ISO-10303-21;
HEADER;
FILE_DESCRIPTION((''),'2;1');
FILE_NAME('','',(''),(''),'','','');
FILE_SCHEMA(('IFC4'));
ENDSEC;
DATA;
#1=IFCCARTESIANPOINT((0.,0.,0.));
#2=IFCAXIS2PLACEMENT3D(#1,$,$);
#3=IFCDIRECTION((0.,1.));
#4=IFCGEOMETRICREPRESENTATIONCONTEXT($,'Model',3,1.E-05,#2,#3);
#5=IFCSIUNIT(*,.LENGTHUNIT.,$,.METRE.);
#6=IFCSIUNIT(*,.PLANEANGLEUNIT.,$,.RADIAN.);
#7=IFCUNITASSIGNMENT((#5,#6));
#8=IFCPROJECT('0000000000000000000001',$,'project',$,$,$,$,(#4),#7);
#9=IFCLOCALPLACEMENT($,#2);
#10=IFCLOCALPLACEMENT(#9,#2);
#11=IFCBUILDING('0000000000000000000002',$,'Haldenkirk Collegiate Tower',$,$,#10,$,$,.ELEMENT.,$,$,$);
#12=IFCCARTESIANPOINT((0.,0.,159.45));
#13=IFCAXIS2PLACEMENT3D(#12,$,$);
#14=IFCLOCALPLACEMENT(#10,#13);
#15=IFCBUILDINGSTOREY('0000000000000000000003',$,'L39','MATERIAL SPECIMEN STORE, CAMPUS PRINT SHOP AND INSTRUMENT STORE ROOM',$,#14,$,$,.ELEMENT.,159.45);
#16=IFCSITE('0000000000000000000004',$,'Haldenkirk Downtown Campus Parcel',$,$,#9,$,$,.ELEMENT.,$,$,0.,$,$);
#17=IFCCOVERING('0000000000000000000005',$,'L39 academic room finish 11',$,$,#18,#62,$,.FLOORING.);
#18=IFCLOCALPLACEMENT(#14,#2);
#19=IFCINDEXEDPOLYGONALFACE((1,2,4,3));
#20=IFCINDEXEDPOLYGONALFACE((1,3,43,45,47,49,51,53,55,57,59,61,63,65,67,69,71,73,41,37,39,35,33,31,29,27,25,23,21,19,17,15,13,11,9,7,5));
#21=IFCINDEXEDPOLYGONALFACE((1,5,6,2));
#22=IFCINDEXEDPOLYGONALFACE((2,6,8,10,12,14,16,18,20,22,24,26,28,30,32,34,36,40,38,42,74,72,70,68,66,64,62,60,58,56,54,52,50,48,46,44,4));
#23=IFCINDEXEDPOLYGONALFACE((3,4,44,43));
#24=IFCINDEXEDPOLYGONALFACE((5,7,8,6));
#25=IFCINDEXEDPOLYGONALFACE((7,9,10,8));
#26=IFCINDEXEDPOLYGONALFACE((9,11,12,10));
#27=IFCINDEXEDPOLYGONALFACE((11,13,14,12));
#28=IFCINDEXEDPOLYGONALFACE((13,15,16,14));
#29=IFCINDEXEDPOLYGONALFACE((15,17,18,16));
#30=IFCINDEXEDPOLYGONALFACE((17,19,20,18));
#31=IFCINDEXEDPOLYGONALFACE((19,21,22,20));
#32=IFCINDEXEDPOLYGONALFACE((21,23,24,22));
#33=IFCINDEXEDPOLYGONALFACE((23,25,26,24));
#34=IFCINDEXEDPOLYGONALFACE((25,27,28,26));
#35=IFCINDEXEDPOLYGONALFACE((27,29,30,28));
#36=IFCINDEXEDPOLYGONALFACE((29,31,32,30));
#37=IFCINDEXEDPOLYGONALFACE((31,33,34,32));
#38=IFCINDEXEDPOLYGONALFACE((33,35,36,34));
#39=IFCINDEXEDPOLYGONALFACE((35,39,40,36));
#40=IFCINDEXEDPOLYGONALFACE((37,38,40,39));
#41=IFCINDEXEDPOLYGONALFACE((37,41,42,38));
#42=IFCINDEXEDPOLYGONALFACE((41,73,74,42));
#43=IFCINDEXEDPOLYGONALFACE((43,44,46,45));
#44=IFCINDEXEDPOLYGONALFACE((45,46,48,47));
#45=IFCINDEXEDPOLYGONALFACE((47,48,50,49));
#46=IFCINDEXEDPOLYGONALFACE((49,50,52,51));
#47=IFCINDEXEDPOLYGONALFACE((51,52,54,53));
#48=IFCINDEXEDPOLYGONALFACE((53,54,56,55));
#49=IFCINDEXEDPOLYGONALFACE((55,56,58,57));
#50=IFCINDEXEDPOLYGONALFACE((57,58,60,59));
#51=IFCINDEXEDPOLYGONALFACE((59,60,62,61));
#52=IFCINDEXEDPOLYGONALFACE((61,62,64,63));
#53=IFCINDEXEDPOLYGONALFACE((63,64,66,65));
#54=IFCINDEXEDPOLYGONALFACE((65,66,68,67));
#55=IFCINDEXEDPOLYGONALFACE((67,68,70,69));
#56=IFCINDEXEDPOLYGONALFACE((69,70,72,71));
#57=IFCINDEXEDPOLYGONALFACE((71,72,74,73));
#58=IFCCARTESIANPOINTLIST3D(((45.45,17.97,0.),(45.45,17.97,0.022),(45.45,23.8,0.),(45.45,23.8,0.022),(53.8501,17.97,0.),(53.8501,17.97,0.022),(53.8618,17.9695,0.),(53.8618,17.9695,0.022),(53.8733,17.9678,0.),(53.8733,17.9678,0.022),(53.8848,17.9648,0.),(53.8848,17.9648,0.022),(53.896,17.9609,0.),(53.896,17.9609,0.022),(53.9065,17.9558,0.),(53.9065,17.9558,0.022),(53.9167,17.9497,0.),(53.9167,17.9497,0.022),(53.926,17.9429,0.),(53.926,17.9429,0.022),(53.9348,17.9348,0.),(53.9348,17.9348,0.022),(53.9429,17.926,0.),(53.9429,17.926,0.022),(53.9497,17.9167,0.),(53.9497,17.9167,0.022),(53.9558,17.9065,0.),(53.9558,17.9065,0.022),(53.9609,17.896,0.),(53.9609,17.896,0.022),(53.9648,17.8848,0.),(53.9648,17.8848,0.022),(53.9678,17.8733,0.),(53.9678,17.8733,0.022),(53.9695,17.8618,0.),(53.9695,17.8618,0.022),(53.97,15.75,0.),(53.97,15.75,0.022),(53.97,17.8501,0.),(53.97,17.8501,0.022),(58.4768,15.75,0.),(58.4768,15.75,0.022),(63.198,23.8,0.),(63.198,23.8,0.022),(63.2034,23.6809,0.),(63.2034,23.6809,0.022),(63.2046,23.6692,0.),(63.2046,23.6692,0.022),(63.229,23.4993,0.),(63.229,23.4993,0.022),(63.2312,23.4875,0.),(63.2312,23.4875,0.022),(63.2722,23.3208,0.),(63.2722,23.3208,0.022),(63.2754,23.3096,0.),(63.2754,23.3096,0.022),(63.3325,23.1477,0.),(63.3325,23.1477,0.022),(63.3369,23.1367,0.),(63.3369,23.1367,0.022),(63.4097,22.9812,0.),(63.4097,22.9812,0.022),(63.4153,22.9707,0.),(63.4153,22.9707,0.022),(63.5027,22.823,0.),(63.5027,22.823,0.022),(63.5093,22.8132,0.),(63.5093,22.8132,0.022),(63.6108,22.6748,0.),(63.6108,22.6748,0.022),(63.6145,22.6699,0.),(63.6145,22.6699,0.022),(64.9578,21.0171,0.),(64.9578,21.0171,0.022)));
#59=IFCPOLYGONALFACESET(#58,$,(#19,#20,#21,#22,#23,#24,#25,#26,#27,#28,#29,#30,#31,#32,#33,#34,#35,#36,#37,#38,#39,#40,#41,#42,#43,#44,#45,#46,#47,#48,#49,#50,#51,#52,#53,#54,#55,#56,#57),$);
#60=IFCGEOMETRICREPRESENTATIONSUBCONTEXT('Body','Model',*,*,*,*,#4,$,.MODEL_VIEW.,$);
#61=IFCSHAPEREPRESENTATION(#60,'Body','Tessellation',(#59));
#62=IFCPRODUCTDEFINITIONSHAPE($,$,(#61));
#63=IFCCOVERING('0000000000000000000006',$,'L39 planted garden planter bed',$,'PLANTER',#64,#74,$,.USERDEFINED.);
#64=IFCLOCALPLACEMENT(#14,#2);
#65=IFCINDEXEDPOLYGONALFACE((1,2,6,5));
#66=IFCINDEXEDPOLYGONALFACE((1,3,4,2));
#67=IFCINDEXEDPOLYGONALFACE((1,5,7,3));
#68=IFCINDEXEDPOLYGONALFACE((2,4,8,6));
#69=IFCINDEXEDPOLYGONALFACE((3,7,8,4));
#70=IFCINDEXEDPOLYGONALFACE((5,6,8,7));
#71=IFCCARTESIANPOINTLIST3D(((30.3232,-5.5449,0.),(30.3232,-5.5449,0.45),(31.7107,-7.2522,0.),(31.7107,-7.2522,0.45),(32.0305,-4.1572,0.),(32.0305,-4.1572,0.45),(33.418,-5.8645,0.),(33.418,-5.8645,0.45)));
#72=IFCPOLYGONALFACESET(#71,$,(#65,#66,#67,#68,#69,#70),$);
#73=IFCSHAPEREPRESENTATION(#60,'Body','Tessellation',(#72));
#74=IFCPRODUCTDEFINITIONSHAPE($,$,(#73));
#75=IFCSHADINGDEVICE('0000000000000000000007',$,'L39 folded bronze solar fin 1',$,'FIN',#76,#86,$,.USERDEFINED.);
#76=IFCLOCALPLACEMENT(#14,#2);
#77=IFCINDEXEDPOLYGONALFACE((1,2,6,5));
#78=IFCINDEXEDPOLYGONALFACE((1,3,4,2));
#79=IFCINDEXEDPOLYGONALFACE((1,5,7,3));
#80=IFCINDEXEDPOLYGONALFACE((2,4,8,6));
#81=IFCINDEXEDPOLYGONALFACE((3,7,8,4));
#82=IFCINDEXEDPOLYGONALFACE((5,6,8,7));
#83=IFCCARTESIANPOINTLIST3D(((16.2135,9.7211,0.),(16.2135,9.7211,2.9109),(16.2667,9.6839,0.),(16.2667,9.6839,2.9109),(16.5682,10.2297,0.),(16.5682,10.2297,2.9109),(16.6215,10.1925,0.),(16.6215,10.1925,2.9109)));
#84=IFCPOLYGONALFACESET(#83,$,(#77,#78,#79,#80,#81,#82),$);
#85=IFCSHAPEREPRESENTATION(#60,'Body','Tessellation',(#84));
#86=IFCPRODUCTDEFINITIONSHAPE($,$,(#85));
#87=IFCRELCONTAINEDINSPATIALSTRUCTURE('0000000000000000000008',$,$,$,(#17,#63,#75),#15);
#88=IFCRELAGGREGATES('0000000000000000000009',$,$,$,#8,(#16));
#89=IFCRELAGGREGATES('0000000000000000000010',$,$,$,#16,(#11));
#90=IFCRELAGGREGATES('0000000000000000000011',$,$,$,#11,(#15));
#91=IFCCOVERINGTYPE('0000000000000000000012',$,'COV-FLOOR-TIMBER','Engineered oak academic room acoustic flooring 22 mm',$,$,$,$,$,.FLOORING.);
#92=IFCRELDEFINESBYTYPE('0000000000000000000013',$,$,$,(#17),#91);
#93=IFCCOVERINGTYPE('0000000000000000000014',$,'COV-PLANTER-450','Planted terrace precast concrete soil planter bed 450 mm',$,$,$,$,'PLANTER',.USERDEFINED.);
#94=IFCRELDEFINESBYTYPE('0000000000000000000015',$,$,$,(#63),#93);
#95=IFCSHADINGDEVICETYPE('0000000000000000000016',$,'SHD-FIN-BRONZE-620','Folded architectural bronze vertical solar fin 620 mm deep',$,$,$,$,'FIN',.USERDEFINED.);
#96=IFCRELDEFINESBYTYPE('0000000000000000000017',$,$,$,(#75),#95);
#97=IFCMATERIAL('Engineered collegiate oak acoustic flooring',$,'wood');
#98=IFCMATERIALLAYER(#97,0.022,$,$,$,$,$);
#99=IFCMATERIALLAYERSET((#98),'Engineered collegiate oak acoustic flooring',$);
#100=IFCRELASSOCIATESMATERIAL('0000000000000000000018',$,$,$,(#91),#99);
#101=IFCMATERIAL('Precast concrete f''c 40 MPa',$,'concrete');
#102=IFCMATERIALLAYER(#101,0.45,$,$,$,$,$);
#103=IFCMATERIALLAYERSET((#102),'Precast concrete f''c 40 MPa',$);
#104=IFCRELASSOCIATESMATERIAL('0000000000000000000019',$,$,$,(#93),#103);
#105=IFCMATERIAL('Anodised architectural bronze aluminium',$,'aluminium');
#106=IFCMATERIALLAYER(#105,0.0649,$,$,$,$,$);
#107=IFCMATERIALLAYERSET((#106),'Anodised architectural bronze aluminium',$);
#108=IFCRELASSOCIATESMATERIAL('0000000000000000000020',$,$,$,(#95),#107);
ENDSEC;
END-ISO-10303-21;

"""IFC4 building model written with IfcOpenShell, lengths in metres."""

from ifc_helpers import new_model, si_unit, direction, frame, origin, origin_2d, place, context, subcontext, project, spatial, polyline, rectangle, outline, extrude, source, transform, mapped, material, layer, layer_set, type_object, element, save


model = new_model("IFC4")

# Units and contexts
model_context = context("Model", 3, precision=1e-05, world=origin(), true_north=direction((0.0, 1.0)))
body_context = subcontext(model_context, "Body", "Model", "MODEL_VIEW")
ifc_project = project(units=[si_unit("LENGTHUNIT", "METRE"), si_unit("PLANEANGLEUNIT", "RADIAN")], contexts=[model_context])

# Site, building, storey
site_placement = place(None, origin())
site = spatial("IfcSite", under=ifc_project, at=site_placement, Name="Haldenkirk Downtown Campus Parcel", CompositionType="ELEMENT", RefElevation=0.0)
building_placement = place(site_placement, origin())
building = spatial("IfcBuilding", under=site, at=building_placement, Name="Haldenkirk Collegiate Tower", CompositionType="ELEMENT")
storey_placement = place(building_placement, frame((0.0, 0.0, 159.45)))
storey = spatial("IfcBuildingStorey", under=building, at=storey_placement, Name="L39", Description="MATERIAL SPECIMEN STORE, CAMPUS PRINT SHOP AND INSTRUMENT STORE ROOM", CompositionType="ELEMENT", Elevation=159.45)

# Shared definitions
ifc_material_1 = material(Name="Anodised architectural bronze aluminium", Category="aluminium")

# Coverings
ifc_material_2 = material(Name="Engineered collegiate oak acoustic flooring", Category="wood")
ifc_layer_1 = layer(ifc_material_2, 0.022)
ifc_layer_set_1 = layer_set([ifc_layer_1], Name="Engineered collegiate oak acoustic flooring")
covering_type_1 = type_object("IfcCoveringType", Name="COV-FLOOR-TIMBER", Description="Engineered oak academic room acoustic flooring 22 mm", PredefinedType="FLOORING", material=ifc_layer_set_1)
covering_1_placement = place(storey_placement, origin())
element("IfcCovering", 1, at=covering_1_placement, inside=storey, type_object=covering_type_1, Name="L39 academic room finish 11", PredefinedType="FLOORING", context=body_context, shape_type="SweptSolid", body=[
    extrude(outline(polyline([(63.198, 23.8), (63.2034, 23.6809), (63.2046, 23.6692), (63.229, 23.4993), (63.2312, 23.4875), (63.2722, 23.3208), (63.2754, 23.3096), (63.3325, 23.1477), (63.3369, 23.1367), (63.4097, 22.9812), (63.4153, 22.9707), (63.5027, 22.823), (63.5093, 22.8132), (63.6108, 22.6748), (63.6145, 22.6699), (64.9578, 21.0171), (58.4768, 15.75), (53.97, 15.75), (53.97, 17.8501), (53.9695, 17.8618), (53.9678, 17.8733), (53.9648, 17.8848), (53.9609, 17.896), (53.9558, 17.9065), (53.9497, 17.9167), (53.9429, 17.926), (53.9348, 17.9348), (53.926, 17.9429), (53.9167, 17.9497), (53.9065, 17.9558), (53.896, 17.9609), (53.8848, 17.9648), (53.8733, 17.9678), (53.8618, 17.9695), (53.8501, 17.97), (45.45, 17.97), (45.45, 23.8), (63.198, 23.8)])), origin(), (0.0, 0.0, 1.0), 0.022),
])
ifc_material_3 = material(Name="Precast concrete f'c 40 MPa", Category="concrete")
ifc_layer_2 = layer(ifc_material_3, 0.45)
ifc_layer_set_2 = layer_set([ifc_layer_2], Name="Precast concrete f'c 40 MPa")
covering_type_2 = type_object("IfcCoveringType", Name="COV-PLANTER-450", Description="Planted terrace precast concrete soil planter bed 450 mm", ElementType="PLANTER", PredefinedType="USERDEFINED", material=ifc_layer_set_2)
covering_2_placement = place(storey_placement, origin())
element("IfcCovering", 2, at=covering_2_placement, inside=storey, type_object=covering_type_2, Name="L39 planted garden planter bed", ObjectType="PLANTER", PredefinedType="USERDEFINED", context=body_context, shape_type="SweptSolid", body=[
    extrude(outline(polyline([(31.7107, -7.2522), (30.3232, -5.5449), (32.0305, -4.1572), (33.418, -5.8645), (31.7107, -7.2522)])), origin(), (0.0, 0.0, 1.0), 0.45),
])

# Shading device
ifc_layer_3 = layer(ifc_material_1, 0.0649)
ifc_layer_set_3 = layer_set([ifc_layer_3], Name="Anodised architectural bronze aluminium")
shading_device_type = type_object("IfcShadingDeviceType", Name="SHD-FIN-BRONZE-620", Description="Folded architectural bronze vertical solar fin 620 mm deep", ElementType="FIN", PredefinedType="USERDEFINED", material=ifc_layer_set_3)
shared_shape_1 = source(origin(), body_context, "Body", "SweptSolid", [
    extrude(rectangle(XDim=0.6201, YDim=0.0649, at=origin_2d()), origin(), (0.0, 0.0, 1.0), 2.9109),
])
shading_device_placement = place(storey_placement, frame((16.4175, 9.9568, 0.0), z_axis=(0.0, 0.0, 1.0), x_axis=(-0.572146, -0.820152, 0.0)))
element("IfcShadingDevice", 3, at=shading_device_placement, inside=storey, type_object=shading_device_type, Name="L39 folded bronze solar fin 1", ObjectType="FIN", PredefinedType="USERDEFINED", context=body_context, shape_type="MappedRepresentation", body=[
    mapped(shared_shape_1, transform((0.0, 0.0, 0.0), x_axis=(1.0, 0.0, 0.0), y_axis=(0.0, 1.0, 0.0), z_axis=(0.0, 0.0, 1.0), scale=1.0)),
])

save(model, "model.ifc")
